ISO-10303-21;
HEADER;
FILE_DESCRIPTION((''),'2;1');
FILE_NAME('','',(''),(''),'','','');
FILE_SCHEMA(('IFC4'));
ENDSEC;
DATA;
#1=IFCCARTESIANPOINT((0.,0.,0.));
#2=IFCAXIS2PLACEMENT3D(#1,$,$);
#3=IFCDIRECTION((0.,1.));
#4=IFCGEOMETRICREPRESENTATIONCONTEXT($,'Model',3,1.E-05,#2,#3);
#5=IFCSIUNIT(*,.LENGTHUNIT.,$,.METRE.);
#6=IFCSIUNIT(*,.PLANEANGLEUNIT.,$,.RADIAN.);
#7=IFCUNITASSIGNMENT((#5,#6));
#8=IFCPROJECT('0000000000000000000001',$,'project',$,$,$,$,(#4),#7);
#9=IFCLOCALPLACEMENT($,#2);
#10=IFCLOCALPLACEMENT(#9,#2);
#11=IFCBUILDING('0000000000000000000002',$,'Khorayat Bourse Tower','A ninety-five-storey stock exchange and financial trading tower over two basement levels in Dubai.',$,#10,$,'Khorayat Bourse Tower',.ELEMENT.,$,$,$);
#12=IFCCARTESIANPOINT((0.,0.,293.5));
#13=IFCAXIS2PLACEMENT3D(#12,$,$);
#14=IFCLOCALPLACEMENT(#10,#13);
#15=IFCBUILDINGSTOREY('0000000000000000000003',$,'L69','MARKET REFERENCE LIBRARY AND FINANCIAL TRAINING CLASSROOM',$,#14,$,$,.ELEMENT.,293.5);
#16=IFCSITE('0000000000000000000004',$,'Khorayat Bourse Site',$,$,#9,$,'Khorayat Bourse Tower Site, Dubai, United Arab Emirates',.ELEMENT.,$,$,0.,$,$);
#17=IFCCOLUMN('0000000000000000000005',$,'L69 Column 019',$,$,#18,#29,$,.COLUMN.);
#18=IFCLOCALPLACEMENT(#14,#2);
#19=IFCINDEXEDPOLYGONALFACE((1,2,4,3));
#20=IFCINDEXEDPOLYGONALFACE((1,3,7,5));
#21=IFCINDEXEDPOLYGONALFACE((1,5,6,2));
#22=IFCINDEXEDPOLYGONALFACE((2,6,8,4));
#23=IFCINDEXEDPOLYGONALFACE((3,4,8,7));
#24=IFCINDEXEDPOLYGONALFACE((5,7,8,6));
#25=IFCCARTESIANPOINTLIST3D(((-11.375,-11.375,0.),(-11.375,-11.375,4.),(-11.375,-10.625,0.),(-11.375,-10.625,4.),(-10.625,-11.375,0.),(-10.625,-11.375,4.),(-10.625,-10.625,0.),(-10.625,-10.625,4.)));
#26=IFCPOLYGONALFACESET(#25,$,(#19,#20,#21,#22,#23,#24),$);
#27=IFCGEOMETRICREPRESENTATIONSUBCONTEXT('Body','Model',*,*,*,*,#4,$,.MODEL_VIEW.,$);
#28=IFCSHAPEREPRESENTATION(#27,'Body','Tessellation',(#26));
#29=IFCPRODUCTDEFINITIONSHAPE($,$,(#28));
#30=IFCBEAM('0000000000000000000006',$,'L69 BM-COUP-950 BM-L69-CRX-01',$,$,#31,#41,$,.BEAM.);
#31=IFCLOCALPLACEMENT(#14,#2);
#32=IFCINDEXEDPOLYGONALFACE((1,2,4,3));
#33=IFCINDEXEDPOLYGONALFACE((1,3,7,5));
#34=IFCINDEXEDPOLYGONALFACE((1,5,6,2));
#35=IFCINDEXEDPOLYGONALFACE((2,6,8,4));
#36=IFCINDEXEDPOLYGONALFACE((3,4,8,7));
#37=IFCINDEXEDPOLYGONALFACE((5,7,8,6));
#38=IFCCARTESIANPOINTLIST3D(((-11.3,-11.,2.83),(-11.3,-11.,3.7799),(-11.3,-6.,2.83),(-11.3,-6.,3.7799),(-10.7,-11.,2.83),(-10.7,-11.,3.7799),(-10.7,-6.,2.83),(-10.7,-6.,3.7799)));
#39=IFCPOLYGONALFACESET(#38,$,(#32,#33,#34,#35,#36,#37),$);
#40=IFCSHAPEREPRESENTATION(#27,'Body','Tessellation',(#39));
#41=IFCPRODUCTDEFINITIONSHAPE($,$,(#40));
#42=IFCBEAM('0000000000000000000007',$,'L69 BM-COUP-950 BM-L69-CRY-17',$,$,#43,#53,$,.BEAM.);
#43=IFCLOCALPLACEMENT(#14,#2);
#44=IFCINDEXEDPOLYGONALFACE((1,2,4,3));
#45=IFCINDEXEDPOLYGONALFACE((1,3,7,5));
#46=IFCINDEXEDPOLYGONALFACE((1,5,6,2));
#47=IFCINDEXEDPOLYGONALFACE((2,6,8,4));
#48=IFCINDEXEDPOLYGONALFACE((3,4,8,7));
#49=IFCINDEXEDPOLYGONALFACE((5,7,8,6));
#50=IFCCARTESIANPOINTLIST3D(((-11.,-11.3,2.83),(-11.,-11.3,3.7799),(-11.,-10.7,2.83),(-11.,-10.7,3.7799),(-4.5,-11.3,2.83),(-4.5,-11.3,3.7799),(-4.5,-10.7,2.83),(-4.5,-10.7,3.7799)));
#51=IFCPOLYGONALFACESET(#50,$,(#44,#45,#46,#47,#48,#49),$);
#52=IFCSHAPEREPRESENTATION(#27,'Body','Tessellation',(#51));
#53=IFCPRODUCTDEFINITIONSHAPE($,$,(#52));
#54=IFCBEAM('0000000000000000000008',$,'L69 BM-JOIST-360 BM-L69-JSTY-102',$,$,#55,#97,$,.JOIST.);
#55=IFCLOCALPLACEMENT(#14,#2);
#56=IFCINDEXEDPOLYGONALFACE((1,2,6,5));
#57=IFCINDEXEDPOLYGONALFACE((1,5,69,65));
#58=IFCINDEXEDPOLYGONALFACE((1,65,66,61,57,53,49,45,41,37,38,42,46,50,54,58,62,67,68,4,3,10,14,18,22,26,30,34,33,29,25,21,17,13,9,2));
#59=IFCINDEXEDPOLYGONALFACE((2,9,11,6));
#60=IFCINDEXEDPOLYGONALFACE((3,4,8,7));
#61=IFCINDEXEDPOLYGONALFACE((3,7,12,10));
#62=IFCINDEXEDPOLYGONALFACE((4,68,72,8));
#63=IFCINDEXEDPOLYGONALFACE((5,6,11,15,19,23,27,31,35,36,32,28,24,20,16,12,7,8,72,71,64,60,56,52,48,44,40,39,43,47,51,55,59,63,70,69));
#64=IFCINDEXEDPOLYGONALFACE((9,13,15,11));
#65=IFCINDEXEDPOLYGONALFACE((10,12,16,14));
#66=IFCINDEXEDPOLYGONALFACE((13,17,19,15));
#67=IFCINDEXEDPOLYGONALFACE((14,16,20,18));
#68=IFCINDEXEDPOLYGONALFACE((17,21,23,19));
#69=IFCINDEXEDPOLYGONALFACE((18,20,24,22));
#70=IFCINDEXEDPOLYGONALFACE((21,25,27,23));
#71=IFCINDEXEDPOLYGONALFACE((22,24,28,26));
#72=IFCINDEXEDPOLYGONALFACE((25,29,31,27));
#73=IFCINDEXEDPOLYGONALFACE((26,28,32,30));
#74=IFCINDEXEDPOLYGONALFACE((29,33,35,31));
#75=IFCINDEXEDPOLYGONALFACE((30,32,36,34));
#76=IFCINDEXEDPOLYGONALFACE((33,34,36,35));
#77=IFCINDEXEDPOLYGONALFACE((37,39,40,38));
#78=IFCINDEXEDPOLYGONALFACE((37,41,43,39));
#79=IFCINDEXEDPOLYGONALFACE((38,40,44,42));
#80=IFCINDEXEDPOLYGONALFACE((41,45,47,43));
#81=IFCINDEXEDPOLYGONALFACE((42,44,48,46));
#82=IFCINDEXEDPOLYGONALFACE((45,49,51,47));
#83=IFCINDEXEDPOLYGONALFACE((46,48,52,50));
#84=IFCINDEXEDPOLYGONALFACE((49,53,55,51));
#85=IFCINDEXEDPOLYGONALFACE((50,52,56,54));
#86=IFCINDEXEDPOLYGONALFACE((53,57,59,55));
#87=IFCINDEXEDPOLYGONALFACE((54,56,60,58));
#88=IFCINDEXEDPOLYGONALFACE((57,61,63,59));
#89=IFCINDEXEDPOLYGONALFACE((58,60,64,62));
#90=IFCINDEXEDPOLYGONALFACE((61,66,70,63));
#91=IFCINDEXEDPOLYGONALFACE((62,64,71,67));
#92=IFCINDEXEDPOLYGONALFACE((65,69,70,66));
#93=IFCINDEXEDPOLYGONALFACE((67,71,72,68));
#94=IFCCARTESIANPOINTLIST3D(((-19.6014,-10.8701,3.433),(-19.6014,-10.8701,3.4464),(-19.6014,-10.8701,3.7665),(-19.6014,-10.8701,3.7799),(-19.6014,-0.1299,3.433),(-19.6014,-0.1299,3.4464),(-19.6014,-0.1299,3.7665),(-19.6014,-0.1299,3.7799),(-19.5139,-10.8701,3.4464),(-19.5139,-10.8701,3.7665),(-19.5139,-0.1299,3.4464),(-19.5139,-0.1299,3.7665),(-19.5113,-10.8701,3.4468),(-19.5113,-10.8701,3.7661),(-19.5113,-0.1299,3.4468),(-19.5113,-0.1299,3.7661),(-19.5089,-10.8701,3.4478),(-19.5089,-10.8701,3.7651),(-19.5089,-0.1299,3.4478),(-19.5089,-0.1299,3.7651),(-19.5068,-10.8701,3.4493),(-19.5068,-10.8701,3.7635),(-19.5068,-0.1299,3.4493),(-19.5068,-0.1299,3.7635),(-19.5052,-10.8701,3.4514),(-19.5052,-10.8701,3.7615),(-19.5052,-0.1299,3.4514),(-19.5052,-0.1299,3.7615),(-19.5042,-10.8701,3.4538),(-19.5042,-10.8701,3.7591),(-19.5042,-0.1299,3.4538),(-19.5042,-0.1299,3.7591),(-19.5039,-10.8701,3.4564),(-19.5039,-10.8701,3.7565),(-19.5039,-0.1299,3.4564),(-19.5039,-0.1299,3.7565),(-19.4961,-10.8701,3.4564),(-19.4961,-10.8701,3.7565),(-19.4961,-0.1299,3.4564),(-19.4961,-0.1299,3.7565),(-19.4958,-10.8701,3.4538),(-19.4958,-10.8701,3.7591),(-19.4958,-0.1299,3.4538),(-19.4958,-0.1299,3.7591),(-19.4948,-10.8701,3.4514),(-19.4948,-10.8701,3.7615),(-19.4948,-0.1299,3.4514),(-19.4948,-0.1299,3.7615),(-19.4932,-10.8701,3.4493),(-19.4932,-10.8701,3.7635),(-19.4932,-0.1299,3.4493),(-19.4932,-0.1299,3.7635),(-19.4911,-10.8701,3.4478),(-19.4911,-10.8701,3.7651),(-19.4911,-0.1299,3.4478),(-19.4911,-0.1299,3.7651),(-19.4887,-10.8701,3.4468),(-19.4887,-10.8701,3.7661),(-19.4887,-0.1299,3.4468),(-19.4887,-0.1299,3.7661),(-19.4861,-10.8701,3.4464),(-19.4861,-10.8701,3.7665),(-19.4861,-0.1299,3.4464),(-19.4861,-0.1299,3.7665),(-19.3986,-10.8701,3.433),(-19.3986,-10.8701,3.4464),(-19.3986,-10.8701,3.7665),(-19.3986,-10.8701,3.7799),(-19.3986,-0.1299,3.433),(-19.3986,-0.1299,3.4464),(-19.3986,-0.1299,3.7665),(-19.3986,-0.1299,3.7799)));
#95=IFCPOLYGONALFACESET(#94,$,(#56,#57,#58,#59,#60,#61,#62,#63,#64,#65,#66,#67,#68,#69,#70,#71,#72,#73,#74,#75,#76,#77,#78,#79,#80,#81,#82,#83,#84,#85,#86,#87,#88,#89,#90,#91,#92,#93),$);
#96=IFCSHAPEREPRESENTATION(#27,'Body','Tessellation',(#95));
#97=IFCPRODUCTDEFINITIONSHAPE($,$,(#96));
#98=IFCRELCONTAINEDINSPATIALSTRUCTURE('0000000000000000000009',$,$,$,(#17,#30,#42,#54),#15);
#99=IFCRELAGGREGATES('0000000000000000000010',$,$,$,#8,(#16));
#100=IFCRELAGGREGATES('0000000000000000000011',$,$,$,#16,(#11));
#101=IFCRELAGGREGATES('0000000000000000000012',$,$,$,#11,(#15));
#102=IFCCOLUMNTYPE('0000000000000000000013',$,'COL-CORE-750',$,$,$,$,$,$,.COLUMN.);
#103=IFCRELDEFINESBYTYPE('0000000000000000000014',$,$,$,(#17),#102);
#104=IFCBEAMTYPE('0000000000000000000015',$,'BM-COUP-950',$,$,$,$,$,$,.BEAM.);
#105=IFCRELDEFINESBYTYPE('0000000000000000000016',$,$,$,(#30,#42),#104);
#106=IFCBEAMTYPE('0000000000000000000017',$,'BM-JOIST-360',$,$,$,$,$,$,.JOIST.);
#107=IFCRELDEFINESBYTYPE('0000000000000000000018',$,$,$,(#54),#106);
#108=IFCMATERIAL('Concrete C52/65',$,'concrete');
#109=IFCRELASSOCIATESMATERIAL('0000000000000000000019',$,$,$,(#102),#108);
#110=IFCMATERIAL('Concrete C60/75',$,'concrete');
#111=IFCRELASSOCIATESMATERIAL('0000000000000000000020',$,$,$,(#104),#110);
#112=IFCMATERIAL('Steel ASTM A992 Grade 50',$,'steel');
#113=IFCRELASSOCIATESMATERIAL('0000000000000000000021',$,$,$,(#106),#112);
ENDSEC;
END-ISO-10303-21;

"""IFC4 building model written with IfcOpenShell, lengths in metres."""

from ifc_helpers import new_model, si_unit, direction, frame, origin, origin_2d, place, context, subcontext, project, spatial, rectangle, i_section, extrude, source, transform, mapped, material, material_profile, profile_set, type_object, element, save


model = new_model("IFC4")

# Units and contexts
model_context = context("Model", 3, precision=1e-05, world=origin(), true_north=direction((0.0, 1.0)))
body_context = subcontext(model_context, "Body", "Model", "MODEL_VIEW")
ifc_project = project(units=[si_unit("LENGTHUNIT", "METRE"), si_unit("PLANEANGLEUNIT", "RADIAN")], contexts=[model_context])

# Site, building, storey
site_placement = place(None, origin())
site = spatial("IfcSite", under=ifc_project, at=site_placement, Name="Khorayat Bourse Site", LongName="Khorayat Bourse Tower Site, Dubai, United Arab Emirates", CompositionType="ELEMENT", RefElevation=0.0)
building_placement = place(site_placement, origin())
building = spatial("IfcBuilding", under=site, at=building_placement, Name="Khorayat Bourse Tower", Description="A ninety-five-storey stock exchange and financial trading tower over two basement levels in Dubai.", LongName="Khorayat Bourse Tower", CompositionType="ELEMENT")
storey_placement = place(building_placement, frame((0.0, 0.0, 293.5)))
storey = spatial("IfcBuildingStorey", under=building, at=storey_placement, Name="L69", Description="MARKET REFERENCE LIBRARY AND FINANCIAL TRAINING CLASSROOM", CompositionType="ELEMENT", Elevation=293.5)

# Column
ifc_material_1 = material(Name="Concrete C52/65", Category="concrete")
ifc_material_profile_1 = material_profile(ifc_material_1, rectangle(XDim=0.75, YDim=0.75, at=origin_2d()), Name="RC 750x750")
ifc_profile_set_1 = profile_set([ifc_material_profile_1], Name="Concrete C52/65")
column_type = type_object("IfcColumnType", Name="COL-CORE-750", PredefinedType="COLUMN", material=ifc_profile_set_1)
shared_shape_1 = source(origin(), body_context, "Body", "SweptSolid", [
    extrude(rectangle(XDim=0.75, YDim=0.75, at=origin_2d()), origin(), (0.0, 0.0, 1.0), 4.0),
])
column_placement = place(storey_placement, frame((-11.0, -11.0, 0.0), z_axis=(0.0, 0.0, 1.0), x_axis=(1.0, 0.0, 0.0)))
element("IfcColumn", 1, at=column_placement, inside=storey, type_object=column_type, Name="L69 Column 019", PredefinedType="COLUMN", context=body_context, shape_type="MappedRepresentation", body=[
    mapped(shared_shape_1, transform((0.0, 0.0, 0.0), scale=1.0)),
])

# Beams
ifc_material_2 = material(Name="Concrete C60/75", Category="concrete")
ifc_material_profile_2 = material_profile(ifc_material_2, rectangle(XDim=0.6001, YDim=0.95, at=origin_2d()), Name="RC 600x950")
ifc_profile_set_2 = profile_set([ifc_material_profile_2], Name="Concrete C60/75")
beam_type_1 = type_object("IfcBeamType", Name="BM-COUP-950", PredefinedType="BEAM", material=ifc_profile_set_2)
shared_shape_2 = source(origin(), body_context, "Body", "SweptSolid", [
    extrude(rectangle(XDim=0.6001, YDim=0.95, at=origin_2d()), origin(), (0.0, 0.0, 1.0), 5.0),
])
beam_1_placement = place(storey_placement, frame((-11.0, -11.0, 3.3049), z_axis=(0.0, 1.0, 0.0), x_axis=(-1.0, 0.0, 0.0)))
element("IfcBeam", 2, at=beam_1_placement, inside=storey, type_object=beam_type_1, Name="L69 BM-COUP-950 BM-L69-CRX-01", PredefinedType="BEAM", context=body_context, shape_type="MappedRepresentation", body=[
    mapped(shared_shape_2, transform((0.0, 0.0, 0.0), scale=1.0)),
])
shared_shape_3 = source(origin(), body_context, "Body", "SweptSolid", [
    extrude(rectangle(XDim=0.6001, YDim=0.95, at=origin_2d()), origin(), (0.0, 0.0, 1.0), 6.5),
])
beam_2_placement = place(storey_placement, frame((-11.0, -11.0, 3.3049), z_axis=(1.0, 0.0, 0.0), x_axis=(0.0, 1.0, 0.0)))
element("IfcBeam", 3, at=beam_2_placement, inside=storey, type_object=beam_type_1, Name="L69 BM-COUP-950 BM-L69-CRY-17", PredefinedType="BEAM", context=body_context, shape_type="MappedRepresentation", body=[
    mapped(shared_shape_3, transform((0.0, 0.0, 0.0), scale=1.0)),
])
ifc_material_3 = material(Name="Steel ASTM A992 Grade 50", Category="steel")
ifc_material_profile_3 = material_profile(ifc_material_3, i_section(OverallWidth=0.2029, OverallDepth=0.3469, WebThickness=0.0078, FlangeThickness=0.0134, FilletRadius=0.01, at=origin_2d()), Name="W360X64")
ifc_profile_set_3 = profile_set([ifc_material_profile_3], Name="Steel ASTM A992 Grade 50")
beam_type_2 = type_object("IfcBeamType", Name="BM-JOIST-360", PredefinedType="JOIST", material=ifc_profile_set_3)
shared_shape_4 = source(origin(), body_context, "Body", "SweptSolid", [
    extrude(i_section(OverallWidth=0.2029, OverallDepth=0.3469, WebThickness=0.0078, FlangeThickness=0.0134, FilletRadius=0.01, at=origin_2d()), origin(), (0.0, 0.0, 1.0), 10.7402),
])
beam_3_placement = place(storey_placement, frame((-19.5, -10.8701, 3.6064), z_axis=(0.0, 1.0, 0.0), x_axis=(-1.0, 0.0, 0.0)))
element("IfcBeam", 4, at=beam_3_placement, inside=storey, type_object=beam_type_2, Name="L69 BM-JOIST-360 BM-L69-JSTY-102", PredefinedType="JOIST", context=body_context, shape_type="MappedRepresentation", body=[
    mapped(shared_shape_4, transform((0.0, 0.0, 0.0), scale=1.0)),
])

save(model, "model.ifc")
